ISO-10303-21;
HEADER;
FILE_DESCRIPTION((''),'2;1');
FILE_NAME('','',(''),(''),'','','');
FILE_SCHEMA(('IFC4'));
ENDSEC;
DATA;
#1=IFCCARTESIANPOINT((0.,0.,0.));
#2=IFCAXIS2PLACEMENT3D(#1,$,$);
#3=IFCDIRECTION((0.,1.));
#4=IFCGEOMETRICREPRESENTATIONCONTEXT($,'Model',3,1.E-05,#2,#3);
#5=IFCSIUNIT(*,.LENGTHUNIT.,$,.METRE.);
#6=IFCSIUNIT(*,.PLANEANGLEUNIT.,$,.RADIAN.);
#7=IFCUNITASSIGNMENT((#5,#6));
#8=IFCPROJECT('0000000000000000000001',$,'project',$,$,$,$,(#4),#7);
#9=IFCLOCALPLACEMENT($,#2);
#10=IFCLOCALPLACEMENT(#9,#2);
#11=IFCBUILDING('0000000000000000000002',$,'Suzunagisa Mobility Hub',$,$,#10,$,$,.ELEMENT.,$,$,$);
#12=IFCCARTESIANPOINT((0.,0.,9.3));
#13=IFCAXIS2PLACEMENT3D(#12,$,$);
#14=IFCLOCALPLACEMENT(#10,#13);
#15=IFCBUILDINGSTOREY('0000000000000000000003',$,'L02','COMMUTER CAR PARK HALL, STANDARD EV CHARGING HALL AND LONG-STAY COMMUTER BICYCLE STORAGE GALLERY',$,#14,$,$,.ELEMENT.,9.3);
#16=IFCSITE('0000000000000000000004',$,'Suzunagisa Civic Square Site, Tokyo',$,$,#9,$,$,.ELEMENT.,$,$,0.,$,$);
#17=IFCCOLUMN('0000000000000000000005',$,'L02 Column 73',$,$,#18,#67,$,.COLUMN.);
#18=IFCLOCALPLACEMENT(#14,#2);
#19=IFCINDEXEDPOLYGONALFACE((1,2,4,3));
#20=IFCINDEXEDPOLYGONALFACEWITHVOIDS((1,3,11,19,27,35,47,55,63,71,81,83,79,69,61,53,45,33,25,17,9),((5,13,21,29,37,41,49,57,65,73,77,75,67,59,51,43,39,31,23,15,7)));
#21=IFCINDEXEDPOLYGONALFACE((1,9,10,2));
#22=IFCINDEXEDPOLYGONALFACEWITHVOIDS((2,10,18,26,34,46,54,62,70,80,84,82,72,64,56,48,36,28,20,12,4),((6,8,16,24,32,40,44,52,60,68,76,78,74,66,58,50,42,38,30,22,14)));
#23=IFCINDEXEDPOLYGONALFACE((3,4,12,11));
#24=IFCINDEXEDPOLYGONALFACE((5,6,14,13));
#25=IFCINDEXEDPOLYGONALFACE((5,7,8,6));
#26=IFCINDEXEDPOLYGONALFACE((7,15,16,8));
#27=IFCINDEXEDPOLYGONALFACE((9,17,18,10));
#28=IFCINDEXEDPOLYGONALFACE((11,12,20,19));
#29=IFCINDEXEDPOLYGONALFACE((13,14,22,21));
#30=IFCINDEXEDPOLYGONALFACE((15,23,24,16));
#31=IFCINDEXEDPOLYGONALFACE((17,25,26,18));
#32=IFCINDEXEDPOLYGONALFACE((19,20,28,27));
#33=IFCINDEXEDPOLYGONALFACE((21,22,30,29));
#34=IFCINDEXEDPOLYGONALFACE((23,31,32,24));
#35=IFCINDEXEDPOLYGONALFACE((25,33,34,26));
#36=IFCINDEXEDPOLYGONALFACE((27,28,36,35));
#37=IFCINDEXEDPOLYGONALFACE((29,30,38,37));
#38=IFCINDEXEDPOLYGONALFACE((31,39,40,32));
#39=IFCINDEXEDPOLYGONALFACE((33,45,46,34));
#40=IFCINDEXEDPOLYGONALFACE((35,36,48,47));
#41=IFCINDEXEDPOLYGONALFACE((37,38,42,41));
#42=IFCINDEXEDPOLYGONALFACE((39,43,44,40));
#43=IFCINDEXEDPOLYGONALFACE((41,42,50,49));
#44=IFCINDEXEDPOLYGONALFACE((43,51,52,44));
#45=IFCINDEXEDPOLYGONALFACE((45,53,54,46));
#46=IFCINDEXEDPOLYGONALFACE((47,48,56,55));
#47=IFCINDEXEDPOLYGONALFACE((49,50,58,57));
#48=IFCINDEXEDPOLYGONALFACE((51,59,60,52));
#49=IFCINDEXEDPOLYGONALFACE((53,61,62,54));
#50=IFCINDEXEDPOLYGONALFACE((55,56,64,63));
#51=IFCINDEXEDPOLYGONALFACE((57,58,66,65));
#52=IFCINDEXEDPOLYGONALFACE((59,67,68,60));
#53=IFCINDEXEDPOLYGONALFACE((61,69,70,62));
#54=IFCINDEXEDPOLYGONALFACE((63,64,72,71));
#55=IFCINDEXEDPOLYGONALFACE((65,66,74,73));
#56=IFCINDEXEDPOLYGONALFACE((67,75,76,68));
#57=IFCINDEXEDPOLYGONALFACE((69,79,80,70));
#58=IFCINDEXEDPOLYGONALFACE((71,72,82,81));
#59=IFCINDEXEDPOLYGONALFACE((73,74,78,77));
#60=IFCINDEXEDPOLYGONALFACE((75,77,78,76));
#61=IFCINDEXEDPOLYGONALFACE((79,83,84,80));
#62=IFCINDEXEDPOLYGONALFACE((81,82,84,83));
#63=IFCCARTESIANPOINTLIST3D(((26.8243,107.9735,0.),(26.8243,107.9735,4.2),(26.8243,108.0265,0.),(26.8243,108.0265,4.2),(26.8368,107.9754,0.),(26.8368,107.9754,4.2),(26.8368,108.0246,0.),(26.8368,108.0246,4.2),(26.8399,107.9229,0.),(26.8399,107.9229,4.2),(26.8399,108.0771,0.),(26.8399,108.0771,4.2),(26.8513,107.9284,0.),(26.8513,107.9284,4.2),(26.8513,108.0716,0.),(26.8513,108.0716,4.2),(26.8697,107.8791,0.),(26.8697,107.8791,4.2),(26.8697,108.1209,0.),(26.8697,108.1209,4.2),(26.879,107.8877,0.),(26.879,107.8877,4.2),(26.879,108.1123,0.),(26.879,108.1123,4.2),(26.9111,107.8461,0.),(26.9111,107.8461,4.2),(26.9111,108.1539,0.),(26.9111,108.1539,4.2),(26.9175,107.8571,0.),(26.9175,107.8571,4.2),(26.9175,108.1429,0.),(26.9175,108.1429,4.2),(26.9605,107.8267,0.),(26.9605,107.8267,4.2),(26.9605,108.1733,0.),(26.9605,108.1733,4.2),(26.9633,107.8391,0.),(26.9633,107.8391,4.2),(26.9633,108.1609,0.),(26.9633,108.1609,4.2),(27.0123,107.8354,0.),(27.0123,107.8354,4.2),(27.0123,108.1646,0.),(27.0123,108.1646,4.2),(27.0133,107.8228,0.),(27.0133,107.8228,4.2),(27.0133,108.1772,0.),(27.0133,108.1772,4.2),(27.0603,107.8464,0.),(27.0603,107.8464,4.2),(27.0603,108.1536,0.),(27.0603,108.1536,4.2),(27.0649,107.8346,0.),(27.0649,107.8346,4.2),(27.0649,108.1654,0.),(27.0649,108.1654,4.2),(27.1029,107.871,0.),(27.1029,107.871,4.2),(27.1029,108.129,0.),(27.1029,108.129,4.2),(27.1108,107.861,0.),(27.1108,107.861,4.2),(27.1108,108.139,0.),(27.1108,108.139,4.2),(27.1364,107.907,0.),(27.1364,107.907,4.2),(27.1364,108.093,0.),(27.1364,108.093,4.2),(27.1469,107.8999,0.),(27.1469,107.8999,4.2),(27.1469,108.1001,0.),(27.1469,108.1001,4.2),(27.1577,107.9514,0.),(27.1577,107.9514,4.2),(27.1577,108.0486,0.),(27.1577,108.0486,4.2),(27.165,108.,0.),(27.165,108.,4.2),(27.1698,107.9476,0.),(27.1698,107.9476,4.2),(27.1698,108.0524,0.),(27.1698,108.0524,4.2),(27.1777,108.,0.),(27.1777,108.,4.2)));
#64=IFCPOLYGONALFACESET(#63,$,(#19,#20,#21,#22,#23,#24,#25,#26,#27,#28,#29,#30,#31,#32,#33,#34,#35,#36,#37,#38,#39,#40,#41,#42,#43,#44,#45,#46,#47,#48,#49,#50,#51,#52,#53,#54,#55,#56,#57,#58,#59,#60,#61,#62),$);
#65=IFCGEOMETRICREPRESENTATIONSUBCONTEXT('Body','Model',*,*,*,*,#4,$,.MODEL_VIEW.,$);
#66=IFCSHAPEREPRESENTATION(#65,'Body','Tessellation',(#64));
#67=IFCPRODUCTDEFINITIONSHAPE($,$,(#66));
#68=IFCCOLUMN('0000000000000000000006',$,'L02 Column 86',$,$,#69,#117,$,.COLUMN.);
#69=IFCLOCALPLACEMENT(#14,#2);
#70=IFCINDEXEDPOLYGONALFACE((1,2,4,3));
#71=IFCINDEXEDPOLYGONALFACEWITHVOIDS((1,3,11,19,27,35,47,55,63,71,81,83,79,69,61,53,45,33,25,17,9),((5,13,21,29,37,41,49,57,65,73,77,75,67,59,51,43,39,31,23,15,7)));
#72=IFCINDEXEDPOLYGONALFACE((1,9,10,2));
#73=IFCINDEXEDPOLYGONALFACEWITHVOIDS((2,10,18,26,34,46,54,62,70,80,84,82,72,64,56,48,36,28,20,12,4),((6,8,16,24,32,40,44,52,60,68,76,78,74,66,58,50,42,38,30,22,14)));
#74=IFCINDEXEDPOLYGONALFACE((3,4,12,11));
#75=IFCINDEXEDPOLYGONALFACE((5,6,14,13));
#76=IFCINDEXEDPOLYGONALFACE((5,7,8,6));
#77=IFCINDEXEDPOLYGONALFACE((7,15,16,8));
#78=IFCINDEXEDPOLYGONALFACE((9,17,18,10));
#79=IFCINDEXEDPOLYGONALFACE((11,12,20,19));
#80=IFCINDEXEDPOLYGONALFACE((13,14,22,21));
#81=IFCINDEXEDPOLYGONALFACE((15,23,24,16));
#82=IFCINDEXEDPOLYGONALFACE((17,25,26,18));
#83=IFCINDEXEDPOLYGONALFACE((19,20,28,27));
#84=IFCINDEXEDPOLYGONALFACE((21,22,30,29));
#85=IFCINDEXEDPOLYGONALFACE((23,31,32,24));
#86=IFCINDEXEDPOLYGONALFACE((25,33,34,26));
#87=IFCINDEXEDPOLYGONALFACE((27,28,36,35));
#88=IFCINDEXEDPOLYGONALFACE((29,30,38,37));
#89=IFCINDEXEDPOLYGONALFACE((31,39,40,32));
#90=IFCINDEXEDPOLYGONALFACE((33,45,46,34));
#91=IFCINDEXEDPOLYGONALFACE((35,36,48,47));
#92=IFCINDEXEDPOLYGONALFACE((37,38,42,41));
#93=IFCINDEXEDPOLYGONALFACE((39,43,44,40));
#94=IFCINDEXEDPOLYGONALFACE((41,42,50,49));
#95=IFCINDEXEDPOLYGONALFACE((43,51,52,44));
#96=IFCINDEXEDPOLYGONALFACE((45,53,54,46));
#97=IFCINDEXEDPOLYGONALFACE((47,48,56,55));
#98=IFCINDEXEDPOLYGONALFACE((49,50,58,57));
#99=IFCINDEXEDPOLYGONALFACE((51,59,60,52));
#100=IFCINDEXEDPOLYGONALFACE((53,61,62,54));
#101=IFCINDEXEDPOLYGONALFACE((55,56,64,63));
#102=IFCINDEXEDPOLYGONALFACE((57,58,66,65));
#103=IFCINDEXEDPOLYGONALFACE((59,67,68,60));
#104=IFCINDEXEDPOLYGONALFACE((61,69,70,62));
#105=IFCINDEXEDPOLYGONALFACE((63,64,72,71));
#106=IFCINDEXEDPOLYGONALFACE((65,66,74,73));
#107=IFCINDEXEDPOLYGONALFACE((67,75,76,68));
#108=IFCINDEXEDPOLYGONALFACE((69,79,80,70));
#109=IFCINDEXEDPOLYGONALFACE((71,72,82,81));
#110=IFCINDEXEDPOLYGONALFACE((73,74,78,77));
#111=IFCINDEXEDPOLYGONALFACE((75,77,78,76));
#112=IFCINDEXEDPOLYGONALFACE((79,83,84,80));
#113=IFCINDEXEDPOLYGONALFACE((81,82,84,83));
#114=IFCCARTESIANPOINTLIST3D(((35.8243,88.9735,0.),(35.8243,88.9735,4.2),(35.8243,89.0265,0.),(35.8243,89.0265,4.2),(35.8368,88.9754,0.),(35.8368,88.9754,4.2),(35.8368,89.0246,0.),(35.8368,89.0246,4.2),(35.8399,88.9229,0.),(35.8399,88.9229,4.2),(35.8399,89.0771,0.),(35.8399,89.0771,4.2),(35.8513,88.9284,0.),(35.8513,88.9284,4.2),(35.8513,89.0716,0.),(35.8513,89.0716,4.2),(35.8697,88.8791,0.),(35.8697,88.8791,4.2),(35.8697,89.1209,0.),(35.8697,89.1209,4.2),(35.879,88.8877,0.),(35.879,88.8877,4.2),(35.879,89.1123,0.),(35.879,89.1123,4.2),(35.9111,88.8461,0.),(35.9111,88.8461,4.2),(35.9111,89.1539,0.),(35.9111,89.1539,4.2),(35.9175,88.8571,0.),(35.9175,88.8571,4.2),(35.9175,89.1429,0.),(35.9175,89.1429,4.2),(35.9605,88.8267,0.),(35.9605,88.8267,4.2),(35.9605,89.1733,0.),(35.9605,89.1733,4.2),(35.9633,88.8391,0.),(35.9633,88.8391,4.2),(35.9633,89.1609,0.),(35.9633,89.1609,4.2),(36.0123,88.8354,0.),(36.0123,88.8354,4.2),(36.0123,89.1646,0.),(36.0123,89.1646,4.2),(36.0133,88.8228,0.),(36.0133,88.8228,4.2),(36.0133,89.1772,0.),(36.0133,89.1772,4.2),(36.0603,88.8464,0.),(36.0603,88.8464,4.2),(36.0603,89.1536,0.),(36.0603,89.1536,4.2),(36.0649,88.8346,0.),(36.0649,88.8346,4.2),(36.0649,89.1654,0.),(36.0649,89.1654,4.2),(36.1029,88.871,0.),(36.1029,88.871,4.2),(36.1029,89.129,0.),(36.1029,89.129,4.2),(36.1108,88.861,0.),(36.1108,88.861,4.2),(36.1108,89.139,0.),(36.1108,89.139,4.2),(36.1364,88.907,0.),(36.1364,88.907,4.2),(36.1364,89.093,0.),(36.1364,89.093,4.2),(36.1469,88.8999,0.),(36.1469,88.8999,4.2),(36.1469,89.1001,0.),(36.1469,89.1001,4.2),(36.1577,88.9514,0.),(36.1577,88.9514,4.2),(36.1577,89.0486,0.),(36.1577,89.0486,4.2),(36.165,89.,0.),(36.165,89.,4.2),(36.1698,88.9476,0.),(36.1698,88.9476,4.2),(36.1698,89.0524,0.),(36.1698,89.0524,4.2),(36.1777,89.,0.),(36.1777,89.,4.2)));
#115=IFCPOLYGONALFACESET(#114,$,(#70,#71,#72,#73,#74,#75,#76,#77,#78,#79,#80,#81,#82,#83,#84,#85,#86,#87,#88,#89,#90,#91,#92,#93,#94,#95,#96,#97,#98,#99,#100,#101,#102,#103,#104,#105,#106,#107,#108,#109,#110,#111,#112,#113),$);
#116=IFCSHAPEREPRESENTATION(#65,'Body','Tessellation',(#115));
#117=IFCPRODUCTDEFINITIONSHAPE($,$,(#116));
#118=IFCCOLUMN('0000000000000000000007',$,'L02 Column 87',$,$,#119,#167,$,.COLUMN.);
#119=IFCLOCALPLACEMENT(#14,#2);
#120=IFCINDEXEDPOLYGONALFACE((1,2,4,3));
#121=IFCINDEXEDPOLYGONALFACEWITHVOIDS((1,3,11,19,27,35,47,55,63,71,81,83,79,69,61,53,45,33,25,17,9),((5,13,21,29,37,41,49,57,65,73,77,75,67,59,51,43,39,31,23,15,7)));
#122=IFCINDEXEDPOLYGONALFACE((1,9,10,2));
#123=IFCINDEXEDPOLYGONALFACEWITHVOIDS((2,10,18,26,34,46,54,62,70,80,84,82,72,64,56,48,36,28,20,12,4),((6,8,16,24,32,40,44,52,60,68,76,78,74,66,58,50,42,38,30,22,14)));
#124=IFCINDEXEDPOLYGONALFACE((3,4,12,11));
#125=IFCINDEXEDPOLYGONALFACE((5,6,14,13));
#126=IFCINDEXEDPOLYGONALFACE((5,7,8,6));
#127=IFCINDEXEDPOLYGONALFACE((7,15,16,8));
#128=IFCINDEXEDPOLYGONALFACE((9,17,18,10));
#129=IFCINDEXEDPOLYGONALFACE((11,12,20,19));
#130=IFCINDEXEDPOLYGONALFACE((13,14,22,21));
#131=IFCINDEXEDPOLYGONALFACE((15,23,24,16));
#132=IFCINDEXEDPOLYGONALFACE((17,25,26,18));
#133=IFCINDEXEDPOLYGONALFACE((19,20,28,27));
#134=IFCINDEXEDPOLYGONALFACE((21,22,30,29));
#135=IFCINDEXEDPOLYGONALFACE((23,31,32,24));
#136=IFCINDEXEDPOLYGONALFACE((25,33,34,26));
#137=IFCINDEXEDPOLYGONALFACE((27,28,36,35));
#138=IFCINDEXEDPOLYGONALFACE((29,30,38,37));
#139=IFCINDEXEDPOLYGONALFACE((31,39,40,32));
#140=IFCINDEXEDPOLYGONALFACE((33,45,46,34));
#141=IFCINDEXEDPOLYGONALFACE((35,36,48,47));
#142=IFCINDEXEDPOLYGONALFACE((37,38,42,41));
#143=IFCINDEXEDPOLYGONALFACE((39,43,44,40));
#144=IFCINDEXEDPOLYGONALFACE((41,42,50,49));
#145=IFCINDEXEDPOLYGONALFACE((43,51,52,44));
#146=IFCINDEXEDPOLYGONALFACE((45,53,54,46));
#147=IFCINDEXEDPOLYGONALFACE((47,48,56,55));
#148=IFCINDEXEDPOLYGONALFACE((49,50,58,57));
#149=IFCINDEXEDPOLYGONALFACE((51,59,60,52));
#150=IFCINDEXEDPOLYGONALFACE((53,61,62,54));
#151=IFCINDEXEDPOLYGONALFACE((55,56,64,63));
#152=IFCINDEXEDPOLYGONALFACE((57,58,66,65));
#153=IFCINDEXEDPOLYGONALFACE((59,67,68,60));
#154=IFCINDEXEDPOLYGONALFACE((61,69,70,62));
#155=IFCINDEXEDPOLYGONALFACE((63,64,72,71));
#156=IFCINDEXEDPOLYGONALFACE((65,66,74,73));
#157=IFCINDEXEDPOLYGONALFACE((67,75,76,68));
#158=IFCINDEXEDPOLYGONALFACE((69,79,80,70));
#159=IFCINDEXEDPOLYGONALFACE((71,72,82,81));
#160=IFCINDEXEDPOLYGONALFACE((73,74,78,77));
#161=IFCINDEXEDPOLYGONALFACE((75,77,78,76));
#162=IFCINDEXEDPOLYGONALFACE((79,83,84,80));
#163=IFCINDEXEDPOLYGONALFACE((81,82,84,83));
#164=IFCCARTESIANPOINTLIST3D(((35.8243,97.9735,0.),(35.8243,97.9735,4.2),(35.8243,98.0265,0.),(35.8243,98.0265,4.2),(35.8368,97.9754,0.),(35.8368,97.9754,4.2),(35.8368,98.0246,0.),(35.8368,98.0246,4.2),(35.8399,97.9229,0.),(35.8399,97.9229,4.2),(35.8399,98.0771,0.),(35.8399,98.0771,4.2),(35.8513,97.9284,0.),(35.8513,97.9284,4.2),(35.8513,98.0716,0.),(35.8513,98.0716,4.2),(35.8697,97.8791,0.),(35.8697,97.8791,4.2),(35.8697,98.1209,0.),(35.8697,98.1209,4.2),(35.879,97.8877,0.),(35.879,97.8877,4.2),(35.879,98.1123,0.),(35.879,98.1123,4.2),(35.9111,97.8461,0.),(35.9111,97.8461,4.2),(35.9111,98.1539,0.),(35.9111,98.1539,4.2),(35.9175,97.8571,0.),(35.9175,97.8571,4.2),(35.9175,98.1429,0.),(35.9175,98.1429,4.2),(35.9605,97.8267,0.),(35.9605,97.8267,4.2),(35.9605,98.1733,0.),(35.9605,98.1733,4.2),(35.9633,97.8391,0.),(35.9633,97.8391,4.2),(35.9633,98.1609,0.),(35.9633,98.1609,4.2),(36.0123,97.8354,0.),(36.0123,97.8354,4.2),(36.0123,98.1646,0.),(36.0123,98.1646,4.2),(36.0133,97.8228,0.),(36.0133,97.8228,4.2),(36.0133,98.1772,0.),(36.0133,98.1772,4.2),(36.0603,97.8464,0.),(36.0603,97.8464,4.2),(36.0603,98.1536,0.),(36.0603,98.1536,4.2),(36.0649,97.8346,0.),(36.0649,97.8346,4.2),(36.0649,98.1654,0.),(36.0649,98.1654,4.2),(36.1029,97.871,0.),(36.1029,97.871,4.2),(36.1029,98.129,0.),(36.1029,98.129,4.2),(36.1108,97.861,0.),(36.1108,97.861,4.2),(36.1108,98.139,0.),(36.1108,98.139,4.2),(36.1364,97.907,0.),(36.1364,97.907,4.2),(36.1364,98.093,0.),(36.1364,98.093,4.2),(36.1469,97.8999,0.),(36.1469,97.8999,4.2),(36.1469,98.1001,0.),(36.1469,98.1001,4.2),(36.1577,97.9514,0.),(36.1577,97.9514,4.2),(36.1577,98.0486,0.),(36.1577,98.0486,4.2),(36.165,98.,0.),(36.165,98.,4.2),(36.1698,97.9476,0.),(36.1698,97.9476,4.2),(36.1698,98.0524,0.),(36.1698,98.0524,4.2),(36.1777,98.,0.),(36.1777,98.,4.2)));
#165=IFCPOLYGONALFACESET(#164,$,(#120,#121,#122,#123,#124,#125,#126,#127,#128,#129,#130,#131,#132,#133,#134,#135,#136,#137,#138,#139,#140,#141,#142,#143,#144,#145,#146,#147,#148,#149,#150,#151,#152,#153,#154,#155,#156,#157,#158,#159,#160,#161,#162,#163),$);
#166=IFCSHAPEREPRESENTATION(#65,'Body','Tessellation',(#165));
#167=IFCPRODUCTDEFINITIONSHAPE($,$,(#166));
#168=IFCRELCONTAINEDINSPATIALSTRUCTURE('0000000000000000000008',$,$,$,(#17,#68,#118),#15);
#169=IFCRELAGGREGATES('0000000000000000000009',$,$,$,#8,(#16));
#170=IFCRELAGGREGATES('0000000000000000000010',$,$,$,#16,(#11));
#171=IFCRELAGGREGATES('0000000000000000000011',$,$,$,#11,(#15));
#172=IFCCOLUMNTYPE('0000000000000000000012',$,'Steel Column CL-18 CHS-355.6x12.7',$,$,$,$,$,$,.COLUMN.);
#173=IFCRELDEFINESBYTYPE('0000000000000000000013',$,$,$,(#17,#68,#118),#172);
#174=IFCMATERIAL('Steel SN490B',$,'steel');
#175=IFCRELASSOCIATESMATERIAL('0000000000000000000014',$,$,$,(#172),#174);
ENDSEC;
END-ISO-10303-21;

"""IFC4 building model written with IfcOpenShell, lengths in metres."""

from ifc_helpers import new_model, si_unit, direction, frame, origin, origin_2d, place, context, subcontext, project, spatial, hollow_circle, extrude, material, material_profile, profile_set, type_object, element, save


model = new_model("IFC4")

# Units and contexts
model_context = context("Model", 3, precision=1e-05, world=origin(), true_north=direction((0.0, 1.0)))
body_context = subcontext(model_context, "Body", "Model", "MODEL_VIEW")
ifc_project = project(units=[si_unit("LENGTHUNIT", "METRE"), si_unit("PLANEANGLEUNIT", "RADIAN")], contexts=[model_context])

# Site, building, storey
site_placement = place(None, origin())
site = spatial("IfcSite", under=ifc_project, at=site_placement, Name="Suzunagisa Civic Square Site, Tokyo", CompositionType="ELEMENT", RefElevation=0.0)
building_placement = place(site_placement, origin())
building = spatial("IfcBuilding", under=site, at=building_placement, Name="Suzunagisa Mobility Hub", CompositionType="ELEMENT")
storey_placement = place(building_placement, frame((0.0, 0.0, 9.3)))
storey = spatial("IfcBuildingStorey", under=building, at=storey_placement, Name="L02", Description="COMMUTER CAR PARK HALL, STANDARD EV CHARGING HALL AND LONG-STAY COMMUTER BICYCLE STORAGE GALLERY", CompositionType="ELEMENT", Elevation=9.3)

# Columns
ifc_material_1 = material(Name="Steel SN490B", Category="steel")
ifc_material_profile_1 = material_profile(ifc_material_1, hollow_circle(Radius=0.1777, WallThickness=0.0127, at=origin_2d()), Name="CHS-355.6x12.7")
ifc_profile_set_1 = profile_set([ifc_material_profile_1], Name="Steel SN490B")
column_type_1 = type_object("IfcColumnType", Name="Steel Column CL-18 CHS-355.6x12.7", PredefinedType="COLUMN", material=ifc_profile_set_1)
for number, where, z_axis, x_axis, name in (
    (1, (27.0, 108.0, 0.0), (0.0, 0.0, 1.0), (1.0, 0.0, 0.0), "L02 Column 73"),
    (2, (36.0, 89.0, 0.0), (0.0, 0.0, 1.0), (1.0, 0.0, 0.0), "L02 Column 86"),
    (3, (36.0, 98.0, 0.0), (0.0, 0.0, 1.0), (1.0, 0.0, 0.0), "L02 Column 87"),
):
    element("IfcColumn", number, at=place(storey_placement, frame(where, z_axis=z_axis, x_axis=x_axis)), inside=storey, type_object=column_type_1, Name=name, PredefinedType="COLUMN", context=body_context, shape_type="SweptSolid", body=[
        extrude(hollow_circle(Radius=0.1777, WallThickness=0.0127, at=origin_2d()), origin(), (0.0, 0.0, 1.0), 4.2),
    ])

save(model, "model.ifc")
